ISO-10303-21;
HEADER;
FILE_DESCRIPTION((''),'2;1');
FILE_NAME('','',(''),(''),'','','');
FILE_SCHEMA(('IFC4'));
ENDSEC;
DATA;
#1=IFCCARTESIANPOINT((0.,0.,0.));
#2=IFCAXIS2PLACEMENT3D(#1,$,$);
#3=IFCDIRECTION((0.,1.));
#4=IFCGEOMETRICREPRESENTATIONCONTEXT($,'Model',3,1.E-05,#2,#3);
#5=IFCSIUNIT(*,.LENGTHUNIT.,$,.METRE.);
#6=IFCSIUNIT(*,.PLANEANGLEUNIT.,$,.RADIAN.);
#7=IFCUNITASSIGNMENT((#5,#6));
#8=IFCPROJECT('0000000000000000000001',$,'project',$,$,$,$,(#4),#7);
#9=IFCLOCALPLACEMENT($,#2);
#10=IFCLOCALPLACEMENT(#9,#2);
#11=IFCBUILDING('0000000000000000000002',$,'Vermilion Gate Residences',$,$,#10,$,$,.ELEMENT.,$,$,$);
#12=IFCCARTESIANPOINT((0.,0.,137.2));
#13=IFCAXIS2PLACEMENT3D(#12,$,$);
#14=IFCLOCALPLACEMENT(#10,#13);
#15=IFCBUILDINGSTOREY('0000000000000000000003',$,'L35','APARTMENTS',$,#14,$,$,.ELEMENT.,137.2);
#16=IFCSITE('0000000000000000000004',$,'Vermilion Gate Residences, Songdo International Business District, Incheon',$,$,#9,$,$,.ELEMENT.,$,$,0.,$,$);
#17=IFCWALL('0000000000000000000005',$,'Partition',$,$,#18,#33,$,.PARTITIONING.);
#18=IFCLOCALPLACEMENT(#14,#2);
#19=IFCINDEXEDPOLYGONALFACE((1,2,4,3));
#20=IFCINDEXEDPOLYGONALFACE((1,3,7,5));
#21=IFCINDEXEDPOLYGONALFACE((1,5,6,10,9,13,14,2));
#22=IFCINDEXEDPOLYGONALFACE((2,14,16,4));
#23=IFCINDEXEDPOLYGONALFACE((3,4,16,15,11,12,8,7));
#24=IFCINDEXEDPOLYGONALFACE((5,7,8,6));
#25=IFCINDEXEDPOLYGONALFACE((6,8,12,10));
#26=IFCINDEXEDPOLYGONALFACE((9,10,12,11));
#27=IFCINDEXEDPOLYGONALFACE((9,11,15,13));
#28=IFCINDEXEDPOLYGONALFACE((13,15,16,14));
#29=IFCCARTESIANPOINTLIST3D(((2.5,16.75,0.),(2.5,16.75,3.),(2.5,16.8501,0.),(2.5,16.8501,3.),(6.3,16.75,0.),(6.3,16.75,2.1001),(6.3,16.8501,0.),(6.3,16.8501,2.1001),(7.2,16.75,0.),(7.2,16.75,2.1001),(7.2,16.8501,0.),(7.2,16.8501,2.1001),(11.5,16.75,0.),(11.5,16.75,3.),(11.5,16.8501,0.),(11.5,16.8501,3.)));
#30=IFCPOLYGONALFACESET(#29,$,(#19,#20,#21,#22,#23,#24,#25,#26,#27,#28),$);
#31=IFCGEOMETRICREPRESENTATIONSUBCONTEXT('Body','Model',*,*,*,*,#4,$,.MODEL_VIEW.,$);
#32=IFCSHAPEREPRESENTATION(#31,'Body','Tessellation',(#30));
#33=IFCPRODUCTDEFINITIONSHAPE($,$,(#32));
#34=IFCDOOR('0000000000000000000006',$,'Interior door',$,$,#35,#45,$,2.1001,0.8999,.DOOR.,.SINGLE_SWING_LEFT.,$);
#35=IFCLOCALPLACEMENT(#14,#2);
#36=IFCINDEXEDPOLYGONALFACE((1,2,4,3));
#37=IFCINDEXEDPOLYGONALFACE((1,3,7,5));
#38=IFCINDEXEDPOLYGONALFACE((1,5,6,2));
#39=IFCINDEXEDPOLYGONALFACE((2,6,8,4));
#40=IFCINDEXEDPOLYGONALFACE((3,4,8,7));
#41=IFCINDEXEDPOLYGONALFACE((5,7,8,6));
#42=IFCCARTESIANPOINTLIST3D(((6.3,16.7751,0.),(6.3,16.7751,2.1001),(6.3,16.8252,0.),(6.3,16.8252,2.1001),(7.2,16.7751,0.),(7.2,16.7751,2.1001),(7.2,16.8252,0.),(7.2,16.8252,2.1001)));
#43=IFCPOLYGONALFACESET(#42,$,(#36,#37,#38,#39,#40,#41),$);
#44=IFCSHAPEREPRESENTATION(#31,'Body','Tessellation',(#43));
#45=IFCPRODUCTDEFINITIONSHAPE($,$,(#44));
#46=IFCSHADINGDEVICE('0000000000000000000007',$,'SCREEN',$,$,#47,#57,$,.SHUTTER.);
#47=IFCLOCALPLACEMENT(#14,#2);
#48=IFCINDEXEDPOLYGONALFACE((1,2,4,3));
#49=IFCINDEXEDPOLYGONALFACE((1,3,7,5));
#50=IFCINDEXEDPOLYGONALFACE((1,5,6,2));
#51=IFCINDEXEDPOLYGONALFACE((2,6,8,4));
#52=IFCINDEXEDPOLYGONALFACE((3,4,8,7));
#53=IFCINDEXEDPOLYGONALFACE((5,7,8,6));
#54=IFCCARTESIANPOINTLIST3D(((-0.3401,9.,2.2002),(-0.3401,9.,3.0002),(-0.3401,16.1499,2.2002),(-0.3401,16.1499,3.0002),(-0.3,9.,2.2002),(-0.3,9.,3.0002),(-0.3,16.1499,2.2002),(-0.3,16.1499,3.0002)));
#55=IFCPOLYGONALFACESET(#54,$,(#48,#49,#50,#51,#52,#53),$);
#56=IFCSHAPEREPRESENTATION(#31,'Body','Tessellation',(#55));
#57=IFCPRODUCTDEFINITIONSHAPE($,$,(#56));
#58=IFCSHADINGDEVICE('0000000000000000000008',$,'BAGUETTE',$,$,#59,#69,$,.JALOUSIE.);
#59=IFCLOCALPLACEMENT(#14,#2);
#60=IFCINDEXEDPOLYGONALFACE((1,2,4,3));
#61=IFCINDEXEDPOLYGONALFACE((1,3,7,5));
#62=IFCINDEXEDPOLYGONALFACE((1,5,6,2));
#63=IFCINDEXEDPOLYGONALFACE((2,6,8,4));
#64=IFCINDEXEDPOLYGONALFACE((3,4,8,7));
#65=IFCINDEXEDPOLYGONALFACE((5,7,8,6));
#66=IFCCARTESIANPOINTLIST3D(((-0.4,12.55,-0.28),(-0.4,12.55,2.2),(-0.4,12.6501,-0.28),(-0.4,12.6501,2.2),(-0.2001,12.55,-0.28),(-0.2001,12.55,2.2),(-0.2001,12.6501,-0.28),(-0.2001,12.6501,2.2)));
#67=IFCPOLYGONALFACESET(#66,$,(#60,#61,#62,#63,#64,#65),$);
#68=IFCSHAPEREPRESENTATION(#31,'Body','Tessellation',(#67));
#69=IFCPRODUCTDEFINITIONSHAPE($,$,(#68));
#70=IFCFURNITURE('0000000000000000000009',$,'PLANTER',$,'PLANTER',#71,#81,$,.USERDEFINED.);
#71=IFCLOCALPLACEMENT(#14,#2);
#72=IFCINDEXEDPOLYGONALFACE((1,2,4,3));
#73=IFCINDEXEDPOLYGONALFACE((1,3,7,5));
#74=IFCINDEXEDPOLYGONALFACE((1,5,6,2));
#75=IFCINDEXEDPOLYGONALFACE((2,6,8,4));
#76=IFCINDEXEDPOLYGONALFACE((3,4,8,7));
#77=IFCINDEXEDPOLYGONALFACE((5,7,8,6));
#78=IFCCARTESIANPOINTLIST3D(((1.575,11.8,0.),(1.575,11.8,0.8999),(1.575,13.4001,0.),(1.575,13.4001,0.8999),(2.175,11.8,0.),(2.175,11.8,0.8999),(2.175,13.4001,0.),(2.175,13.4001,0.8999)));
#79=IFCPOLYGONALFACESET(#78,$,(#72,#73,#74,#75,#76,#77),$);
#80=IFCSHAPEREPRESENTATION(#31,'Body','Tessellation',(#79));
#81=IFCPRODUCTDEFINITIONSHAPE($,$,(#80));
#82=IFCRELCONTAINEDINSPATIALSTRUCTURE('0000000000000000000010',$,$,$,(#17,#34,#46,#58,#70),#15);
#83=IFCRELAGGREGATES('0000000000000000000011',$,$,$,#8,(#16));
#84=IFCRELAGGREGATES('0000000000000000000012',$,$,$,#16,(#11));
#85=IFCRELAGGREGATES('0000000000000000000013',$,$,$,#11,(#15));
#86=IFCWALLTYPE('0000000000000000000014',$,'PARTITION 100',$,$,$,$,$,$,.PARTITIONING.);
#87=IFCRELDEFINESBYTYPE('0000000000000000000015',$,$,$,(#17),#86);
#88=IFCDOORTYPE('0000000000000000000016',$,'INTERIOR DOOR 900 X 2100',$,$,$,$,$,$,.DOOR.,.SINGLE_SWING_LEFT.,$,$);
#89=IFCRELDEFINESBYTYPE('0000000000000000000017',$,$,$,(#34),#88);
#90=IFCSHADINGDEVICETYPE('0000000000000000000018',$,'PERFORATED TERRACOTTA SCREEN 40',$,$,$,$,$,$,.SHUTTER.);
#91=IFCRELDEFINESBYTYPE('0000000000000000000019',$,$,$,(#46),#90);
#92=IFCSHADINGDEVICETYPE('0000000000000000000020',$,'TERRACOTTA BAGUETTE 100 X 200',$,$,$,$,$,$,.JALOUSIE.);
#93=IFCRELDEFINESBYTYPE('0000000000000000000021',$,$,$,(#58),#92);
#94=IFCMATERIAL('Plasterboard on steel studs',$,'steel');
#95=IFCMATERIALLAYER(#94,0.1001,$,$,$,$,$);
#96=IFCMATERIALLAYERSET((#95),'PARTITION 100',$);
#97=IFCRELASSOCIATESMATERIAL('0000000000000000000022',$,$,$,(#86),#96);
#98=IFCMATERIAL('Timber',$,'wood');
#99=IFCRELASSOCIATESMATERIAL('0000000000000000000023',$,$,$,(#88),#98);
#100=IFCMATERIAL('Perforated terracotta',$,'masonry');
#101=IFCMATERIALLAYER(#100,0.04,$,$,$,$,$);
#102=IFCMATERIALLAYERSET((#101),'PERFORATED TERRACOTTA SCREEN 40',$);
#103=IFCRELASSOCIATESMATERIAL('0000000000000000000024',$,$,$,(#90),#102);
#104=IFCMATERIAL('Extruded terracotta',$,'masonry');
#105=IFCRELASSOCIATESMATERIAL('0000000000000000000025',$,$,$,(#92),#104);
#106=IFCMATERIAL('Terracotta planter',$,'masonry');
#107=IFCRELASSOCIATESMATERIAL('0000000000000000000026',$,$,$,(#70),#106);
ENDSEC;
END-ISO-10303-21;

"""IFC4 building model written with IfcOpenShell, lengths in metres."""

from ifc_helpers import new_model, si_unit, direction, frame, frame_2d, origin, origin_2d, place, context, subcontext, project, spatial, rectangle, extrude, material, layer, layer_set, material_profile, profile_set, type_object, element, fill, save


model = new_model("IFC4")

# Units and contexts
model_context = context("Model", 3, precision=1e-05, world=origin(), true_north=direction((0.0, 1.0)))
body_context = subcontext(model_context, "Body", "Model", "MODEL_VIEW")
ifc_project = project(units=[si_unit("LENGTHUNIT", "METRE"), si_unit("PLANEANGLEUNIT", "RADIAN")], contexts=[model_context])

# Site, building, storey
site_placement = place(None, origin())
site = spatial("IfcSite", under=ifc_project, at=site_placement, Name="Vermilion Gate Residences, Songdo International Business District, Incheon", CompositionType="ELEMENT", RefElevation=0.0)
building_placement = place(site_placement, origin())
building = spatial("IfcBuilding", under=site, at=building_placement, Name="Vermilion Gate Residences", CompositionType="ELEMENT")
storey_placement = place(building_placement, frame((0.0, 0.0, 137.2)))
storey = spatial("IfcBuildingStorey", under=building, at=storey_placement, Name="L35", Description="APARTMENTS", CompositionType="ELEMENT", Elevation=137.2)

# Wall, opening, door
ifc_material_1 = material(Name="Plasterboard on steel studs", Category="steel")
ifc_layer_1 = layer(ifc_material_1, 0.1001)
ifc_layer_set_1 = layer_set([ifc_layer_1], Name="PARTITION 100")
wall_type_1 = type_object("IfcWallType", Name="PARTITION 100", PredefinedType="PARTITIONING", material=ifc_layer_set_1)
wall_1_placement = place(storey_placement, frame((2.5, 16.8, 0.0), z_axis=(0.0, 0.0, 1.0), x_axis=(1.0, 0.0, 0.0)))
wall_1 = element("IfcWall", 1, at=wall_1_placement, inside=storey, type_object=wall_type_1, Name="Partition", PredefinedType="PARTITIONING", context=body_context, shape_type="SweptSolid", body=[
    extrude(rectangle(XDim=9.0, YDim=0.1001, at=frame_2d((4.5, 0.0))), origin(), (0.0, 0.0, 1.0), 3.0),
])
opening_1_placement = place(wall_1_placement, frame((3.8, 0.0, 0.0)))
opening_1 = element("IfcOpeningElement", 2, at=opening_1_placement, cuts=wall_1, PredefinedType="OPENING", context=body_context, shape_type="SweptSolid", body=[
    extrude(rectangle(XDim=0.8999, YDim=2.1001, at=frame_2d((0.45, 1.05))), frame((0.0, 0.0601, 0.0), z_axis=(0.0, -1.0, 0.0), x_axis=(1.0, 0.0, 0.0)), (0.0, 0.0, 1.0), 0.1201),
])
ifc_material_2 = material(Name="Timber", Category="wood")
door_type_1 = type_object("IfcDoorType", Name="INTERIOR DOOR 900 X 2100", OperationType="SINGLE_SWING_LEFT", PredefinedType="DOOR", material=ifc_material_2)
door_1_placement = place(opening_1_placement, frame((0.8999, 0.0, 0.0), z_axis=(0.0, 0.0, 1.0), x_axis=(-1.0, 0.0, 0.0)))
door_1 = element("IfcDoor", 3, at=door_1_placement, inside=storey, type_object=door_type_1, Name="Interior door", OperationType="SINGLE_SWING_LEFT", OverallHeight=2.1001, OverallWidth=0.8999, PredefinedType="DOOR", context=body_context, shape_type="SweptSolid", body=[
    extrude(rectangle(XDim=0.8999, YDim=2.1001, at=frame_2d((0.45, 1.05))), frame((0.0, 0.0249, 0.0), z_axis=(0.0, -1.0, 0.0), x_axis=(1.0, 0.0, 0.0)), (0.0, 0.0, 1.0), 0.05),
])
fill(opening_1, door_1)

# Shading devices
ifc_material_3 = material(Name="Perforated terracotta", Category="masonry")
ifc_layer_2 = layer(ifc_material_3, 0.04)
ifc_layer_set_2 = layer_set([ifc_layer_2], Name="PERFORATED TERRACOTTA SCREEN 40")
shading_device_type_1 = type_object("IfcShadingDeviceType", Name="PERFORATED TERRACOTTA SCREEN 40", PredefinedType="SHUTTER", material=ifc_layer_set_2)
shading_device_1_placement = place(storey_placement, frame((-0.3201, 12.575, 2.2002), z_axis=(0.0, 0.0, 1.0), x_axis=(0.0, -1.0, 0.0)))
element("IfcShadingDevice", 4, at=shading_device_1_placement, inside=storey, type_object=shading_device_type_1, Name="SCREEN", PredefinedType="SHUTTER", context=body_context, shape_type="SweptSolid", body=[
    extrude(rectangle(XDim=7.1499, YDim=0.04, at=origin_2d()), origin(), (0.0, 0.0, 1.0), 0.8),
])
ifc_material_4 = material(Name="Extruded terracotta", Category="masonry")
ifc_material_profile_1 = material_profile(ifc_material_4, rectangle(XDim=0.2, YDim=0.1001, at=origin_2d()), Name="BAGUETTE 100 X 200")
ifc_profile_set_1 = profile_set([ifc_material_profile_1], Name="Extruded terracotta")
shading_device_type_2 = type_object("IfcShadingDeviceType", Name="TERRACOTTA BAGUETTE 100 X 200", PredefinedType="JALOUSIE", material=ifc_profile_set_1)
shading_device_2_placement = place(storey_placement, frame((-0.3, 12.6001, -0.28), z_axis=(0.0, 0.0, 1.0), x_axis=(1.0, 0.0, 0.0)))
element("IfcShadingDevice", 5, at=shading_device_2_placement, inside=storey, type_object=shading_device_type_2, Name="BAGUETTE", PredefinedType="JALOUSIE", context=body_context, shape_type="SweptSolid", body=[
    extrude(rectangle(XDim=0.2, YDim=0.1001, at=origin_2d()), origin(), (0.0, 0.0, 1.0), 2.48),
])

# Furniture
ifc_material_5 = material(Name="Terracotta planter", Category="masonry")
furniture_placement = place(storey_placement, frame((1.875, 12.6001, 0.0), z_axis=(0.0, 0.0, 1.0), x_axis=(0.0, -1.0, 0.0)))
element("IfcFurniture", 6, at=furniture_placement, inside=storey, material=ifc_material_5, Name="PLANTER", ObjectType="PLANTER", PredefinedType="USERDEFINED", context=body_context, shape_type="SweptSolid", body=[
    extrude(rectangle(XDim=1.6001, YDim=0.6001, at=origin_2d()), origin(), (0.0, 0.0, 1.0), 0.8999),
])

save(model, "model.ifc")
